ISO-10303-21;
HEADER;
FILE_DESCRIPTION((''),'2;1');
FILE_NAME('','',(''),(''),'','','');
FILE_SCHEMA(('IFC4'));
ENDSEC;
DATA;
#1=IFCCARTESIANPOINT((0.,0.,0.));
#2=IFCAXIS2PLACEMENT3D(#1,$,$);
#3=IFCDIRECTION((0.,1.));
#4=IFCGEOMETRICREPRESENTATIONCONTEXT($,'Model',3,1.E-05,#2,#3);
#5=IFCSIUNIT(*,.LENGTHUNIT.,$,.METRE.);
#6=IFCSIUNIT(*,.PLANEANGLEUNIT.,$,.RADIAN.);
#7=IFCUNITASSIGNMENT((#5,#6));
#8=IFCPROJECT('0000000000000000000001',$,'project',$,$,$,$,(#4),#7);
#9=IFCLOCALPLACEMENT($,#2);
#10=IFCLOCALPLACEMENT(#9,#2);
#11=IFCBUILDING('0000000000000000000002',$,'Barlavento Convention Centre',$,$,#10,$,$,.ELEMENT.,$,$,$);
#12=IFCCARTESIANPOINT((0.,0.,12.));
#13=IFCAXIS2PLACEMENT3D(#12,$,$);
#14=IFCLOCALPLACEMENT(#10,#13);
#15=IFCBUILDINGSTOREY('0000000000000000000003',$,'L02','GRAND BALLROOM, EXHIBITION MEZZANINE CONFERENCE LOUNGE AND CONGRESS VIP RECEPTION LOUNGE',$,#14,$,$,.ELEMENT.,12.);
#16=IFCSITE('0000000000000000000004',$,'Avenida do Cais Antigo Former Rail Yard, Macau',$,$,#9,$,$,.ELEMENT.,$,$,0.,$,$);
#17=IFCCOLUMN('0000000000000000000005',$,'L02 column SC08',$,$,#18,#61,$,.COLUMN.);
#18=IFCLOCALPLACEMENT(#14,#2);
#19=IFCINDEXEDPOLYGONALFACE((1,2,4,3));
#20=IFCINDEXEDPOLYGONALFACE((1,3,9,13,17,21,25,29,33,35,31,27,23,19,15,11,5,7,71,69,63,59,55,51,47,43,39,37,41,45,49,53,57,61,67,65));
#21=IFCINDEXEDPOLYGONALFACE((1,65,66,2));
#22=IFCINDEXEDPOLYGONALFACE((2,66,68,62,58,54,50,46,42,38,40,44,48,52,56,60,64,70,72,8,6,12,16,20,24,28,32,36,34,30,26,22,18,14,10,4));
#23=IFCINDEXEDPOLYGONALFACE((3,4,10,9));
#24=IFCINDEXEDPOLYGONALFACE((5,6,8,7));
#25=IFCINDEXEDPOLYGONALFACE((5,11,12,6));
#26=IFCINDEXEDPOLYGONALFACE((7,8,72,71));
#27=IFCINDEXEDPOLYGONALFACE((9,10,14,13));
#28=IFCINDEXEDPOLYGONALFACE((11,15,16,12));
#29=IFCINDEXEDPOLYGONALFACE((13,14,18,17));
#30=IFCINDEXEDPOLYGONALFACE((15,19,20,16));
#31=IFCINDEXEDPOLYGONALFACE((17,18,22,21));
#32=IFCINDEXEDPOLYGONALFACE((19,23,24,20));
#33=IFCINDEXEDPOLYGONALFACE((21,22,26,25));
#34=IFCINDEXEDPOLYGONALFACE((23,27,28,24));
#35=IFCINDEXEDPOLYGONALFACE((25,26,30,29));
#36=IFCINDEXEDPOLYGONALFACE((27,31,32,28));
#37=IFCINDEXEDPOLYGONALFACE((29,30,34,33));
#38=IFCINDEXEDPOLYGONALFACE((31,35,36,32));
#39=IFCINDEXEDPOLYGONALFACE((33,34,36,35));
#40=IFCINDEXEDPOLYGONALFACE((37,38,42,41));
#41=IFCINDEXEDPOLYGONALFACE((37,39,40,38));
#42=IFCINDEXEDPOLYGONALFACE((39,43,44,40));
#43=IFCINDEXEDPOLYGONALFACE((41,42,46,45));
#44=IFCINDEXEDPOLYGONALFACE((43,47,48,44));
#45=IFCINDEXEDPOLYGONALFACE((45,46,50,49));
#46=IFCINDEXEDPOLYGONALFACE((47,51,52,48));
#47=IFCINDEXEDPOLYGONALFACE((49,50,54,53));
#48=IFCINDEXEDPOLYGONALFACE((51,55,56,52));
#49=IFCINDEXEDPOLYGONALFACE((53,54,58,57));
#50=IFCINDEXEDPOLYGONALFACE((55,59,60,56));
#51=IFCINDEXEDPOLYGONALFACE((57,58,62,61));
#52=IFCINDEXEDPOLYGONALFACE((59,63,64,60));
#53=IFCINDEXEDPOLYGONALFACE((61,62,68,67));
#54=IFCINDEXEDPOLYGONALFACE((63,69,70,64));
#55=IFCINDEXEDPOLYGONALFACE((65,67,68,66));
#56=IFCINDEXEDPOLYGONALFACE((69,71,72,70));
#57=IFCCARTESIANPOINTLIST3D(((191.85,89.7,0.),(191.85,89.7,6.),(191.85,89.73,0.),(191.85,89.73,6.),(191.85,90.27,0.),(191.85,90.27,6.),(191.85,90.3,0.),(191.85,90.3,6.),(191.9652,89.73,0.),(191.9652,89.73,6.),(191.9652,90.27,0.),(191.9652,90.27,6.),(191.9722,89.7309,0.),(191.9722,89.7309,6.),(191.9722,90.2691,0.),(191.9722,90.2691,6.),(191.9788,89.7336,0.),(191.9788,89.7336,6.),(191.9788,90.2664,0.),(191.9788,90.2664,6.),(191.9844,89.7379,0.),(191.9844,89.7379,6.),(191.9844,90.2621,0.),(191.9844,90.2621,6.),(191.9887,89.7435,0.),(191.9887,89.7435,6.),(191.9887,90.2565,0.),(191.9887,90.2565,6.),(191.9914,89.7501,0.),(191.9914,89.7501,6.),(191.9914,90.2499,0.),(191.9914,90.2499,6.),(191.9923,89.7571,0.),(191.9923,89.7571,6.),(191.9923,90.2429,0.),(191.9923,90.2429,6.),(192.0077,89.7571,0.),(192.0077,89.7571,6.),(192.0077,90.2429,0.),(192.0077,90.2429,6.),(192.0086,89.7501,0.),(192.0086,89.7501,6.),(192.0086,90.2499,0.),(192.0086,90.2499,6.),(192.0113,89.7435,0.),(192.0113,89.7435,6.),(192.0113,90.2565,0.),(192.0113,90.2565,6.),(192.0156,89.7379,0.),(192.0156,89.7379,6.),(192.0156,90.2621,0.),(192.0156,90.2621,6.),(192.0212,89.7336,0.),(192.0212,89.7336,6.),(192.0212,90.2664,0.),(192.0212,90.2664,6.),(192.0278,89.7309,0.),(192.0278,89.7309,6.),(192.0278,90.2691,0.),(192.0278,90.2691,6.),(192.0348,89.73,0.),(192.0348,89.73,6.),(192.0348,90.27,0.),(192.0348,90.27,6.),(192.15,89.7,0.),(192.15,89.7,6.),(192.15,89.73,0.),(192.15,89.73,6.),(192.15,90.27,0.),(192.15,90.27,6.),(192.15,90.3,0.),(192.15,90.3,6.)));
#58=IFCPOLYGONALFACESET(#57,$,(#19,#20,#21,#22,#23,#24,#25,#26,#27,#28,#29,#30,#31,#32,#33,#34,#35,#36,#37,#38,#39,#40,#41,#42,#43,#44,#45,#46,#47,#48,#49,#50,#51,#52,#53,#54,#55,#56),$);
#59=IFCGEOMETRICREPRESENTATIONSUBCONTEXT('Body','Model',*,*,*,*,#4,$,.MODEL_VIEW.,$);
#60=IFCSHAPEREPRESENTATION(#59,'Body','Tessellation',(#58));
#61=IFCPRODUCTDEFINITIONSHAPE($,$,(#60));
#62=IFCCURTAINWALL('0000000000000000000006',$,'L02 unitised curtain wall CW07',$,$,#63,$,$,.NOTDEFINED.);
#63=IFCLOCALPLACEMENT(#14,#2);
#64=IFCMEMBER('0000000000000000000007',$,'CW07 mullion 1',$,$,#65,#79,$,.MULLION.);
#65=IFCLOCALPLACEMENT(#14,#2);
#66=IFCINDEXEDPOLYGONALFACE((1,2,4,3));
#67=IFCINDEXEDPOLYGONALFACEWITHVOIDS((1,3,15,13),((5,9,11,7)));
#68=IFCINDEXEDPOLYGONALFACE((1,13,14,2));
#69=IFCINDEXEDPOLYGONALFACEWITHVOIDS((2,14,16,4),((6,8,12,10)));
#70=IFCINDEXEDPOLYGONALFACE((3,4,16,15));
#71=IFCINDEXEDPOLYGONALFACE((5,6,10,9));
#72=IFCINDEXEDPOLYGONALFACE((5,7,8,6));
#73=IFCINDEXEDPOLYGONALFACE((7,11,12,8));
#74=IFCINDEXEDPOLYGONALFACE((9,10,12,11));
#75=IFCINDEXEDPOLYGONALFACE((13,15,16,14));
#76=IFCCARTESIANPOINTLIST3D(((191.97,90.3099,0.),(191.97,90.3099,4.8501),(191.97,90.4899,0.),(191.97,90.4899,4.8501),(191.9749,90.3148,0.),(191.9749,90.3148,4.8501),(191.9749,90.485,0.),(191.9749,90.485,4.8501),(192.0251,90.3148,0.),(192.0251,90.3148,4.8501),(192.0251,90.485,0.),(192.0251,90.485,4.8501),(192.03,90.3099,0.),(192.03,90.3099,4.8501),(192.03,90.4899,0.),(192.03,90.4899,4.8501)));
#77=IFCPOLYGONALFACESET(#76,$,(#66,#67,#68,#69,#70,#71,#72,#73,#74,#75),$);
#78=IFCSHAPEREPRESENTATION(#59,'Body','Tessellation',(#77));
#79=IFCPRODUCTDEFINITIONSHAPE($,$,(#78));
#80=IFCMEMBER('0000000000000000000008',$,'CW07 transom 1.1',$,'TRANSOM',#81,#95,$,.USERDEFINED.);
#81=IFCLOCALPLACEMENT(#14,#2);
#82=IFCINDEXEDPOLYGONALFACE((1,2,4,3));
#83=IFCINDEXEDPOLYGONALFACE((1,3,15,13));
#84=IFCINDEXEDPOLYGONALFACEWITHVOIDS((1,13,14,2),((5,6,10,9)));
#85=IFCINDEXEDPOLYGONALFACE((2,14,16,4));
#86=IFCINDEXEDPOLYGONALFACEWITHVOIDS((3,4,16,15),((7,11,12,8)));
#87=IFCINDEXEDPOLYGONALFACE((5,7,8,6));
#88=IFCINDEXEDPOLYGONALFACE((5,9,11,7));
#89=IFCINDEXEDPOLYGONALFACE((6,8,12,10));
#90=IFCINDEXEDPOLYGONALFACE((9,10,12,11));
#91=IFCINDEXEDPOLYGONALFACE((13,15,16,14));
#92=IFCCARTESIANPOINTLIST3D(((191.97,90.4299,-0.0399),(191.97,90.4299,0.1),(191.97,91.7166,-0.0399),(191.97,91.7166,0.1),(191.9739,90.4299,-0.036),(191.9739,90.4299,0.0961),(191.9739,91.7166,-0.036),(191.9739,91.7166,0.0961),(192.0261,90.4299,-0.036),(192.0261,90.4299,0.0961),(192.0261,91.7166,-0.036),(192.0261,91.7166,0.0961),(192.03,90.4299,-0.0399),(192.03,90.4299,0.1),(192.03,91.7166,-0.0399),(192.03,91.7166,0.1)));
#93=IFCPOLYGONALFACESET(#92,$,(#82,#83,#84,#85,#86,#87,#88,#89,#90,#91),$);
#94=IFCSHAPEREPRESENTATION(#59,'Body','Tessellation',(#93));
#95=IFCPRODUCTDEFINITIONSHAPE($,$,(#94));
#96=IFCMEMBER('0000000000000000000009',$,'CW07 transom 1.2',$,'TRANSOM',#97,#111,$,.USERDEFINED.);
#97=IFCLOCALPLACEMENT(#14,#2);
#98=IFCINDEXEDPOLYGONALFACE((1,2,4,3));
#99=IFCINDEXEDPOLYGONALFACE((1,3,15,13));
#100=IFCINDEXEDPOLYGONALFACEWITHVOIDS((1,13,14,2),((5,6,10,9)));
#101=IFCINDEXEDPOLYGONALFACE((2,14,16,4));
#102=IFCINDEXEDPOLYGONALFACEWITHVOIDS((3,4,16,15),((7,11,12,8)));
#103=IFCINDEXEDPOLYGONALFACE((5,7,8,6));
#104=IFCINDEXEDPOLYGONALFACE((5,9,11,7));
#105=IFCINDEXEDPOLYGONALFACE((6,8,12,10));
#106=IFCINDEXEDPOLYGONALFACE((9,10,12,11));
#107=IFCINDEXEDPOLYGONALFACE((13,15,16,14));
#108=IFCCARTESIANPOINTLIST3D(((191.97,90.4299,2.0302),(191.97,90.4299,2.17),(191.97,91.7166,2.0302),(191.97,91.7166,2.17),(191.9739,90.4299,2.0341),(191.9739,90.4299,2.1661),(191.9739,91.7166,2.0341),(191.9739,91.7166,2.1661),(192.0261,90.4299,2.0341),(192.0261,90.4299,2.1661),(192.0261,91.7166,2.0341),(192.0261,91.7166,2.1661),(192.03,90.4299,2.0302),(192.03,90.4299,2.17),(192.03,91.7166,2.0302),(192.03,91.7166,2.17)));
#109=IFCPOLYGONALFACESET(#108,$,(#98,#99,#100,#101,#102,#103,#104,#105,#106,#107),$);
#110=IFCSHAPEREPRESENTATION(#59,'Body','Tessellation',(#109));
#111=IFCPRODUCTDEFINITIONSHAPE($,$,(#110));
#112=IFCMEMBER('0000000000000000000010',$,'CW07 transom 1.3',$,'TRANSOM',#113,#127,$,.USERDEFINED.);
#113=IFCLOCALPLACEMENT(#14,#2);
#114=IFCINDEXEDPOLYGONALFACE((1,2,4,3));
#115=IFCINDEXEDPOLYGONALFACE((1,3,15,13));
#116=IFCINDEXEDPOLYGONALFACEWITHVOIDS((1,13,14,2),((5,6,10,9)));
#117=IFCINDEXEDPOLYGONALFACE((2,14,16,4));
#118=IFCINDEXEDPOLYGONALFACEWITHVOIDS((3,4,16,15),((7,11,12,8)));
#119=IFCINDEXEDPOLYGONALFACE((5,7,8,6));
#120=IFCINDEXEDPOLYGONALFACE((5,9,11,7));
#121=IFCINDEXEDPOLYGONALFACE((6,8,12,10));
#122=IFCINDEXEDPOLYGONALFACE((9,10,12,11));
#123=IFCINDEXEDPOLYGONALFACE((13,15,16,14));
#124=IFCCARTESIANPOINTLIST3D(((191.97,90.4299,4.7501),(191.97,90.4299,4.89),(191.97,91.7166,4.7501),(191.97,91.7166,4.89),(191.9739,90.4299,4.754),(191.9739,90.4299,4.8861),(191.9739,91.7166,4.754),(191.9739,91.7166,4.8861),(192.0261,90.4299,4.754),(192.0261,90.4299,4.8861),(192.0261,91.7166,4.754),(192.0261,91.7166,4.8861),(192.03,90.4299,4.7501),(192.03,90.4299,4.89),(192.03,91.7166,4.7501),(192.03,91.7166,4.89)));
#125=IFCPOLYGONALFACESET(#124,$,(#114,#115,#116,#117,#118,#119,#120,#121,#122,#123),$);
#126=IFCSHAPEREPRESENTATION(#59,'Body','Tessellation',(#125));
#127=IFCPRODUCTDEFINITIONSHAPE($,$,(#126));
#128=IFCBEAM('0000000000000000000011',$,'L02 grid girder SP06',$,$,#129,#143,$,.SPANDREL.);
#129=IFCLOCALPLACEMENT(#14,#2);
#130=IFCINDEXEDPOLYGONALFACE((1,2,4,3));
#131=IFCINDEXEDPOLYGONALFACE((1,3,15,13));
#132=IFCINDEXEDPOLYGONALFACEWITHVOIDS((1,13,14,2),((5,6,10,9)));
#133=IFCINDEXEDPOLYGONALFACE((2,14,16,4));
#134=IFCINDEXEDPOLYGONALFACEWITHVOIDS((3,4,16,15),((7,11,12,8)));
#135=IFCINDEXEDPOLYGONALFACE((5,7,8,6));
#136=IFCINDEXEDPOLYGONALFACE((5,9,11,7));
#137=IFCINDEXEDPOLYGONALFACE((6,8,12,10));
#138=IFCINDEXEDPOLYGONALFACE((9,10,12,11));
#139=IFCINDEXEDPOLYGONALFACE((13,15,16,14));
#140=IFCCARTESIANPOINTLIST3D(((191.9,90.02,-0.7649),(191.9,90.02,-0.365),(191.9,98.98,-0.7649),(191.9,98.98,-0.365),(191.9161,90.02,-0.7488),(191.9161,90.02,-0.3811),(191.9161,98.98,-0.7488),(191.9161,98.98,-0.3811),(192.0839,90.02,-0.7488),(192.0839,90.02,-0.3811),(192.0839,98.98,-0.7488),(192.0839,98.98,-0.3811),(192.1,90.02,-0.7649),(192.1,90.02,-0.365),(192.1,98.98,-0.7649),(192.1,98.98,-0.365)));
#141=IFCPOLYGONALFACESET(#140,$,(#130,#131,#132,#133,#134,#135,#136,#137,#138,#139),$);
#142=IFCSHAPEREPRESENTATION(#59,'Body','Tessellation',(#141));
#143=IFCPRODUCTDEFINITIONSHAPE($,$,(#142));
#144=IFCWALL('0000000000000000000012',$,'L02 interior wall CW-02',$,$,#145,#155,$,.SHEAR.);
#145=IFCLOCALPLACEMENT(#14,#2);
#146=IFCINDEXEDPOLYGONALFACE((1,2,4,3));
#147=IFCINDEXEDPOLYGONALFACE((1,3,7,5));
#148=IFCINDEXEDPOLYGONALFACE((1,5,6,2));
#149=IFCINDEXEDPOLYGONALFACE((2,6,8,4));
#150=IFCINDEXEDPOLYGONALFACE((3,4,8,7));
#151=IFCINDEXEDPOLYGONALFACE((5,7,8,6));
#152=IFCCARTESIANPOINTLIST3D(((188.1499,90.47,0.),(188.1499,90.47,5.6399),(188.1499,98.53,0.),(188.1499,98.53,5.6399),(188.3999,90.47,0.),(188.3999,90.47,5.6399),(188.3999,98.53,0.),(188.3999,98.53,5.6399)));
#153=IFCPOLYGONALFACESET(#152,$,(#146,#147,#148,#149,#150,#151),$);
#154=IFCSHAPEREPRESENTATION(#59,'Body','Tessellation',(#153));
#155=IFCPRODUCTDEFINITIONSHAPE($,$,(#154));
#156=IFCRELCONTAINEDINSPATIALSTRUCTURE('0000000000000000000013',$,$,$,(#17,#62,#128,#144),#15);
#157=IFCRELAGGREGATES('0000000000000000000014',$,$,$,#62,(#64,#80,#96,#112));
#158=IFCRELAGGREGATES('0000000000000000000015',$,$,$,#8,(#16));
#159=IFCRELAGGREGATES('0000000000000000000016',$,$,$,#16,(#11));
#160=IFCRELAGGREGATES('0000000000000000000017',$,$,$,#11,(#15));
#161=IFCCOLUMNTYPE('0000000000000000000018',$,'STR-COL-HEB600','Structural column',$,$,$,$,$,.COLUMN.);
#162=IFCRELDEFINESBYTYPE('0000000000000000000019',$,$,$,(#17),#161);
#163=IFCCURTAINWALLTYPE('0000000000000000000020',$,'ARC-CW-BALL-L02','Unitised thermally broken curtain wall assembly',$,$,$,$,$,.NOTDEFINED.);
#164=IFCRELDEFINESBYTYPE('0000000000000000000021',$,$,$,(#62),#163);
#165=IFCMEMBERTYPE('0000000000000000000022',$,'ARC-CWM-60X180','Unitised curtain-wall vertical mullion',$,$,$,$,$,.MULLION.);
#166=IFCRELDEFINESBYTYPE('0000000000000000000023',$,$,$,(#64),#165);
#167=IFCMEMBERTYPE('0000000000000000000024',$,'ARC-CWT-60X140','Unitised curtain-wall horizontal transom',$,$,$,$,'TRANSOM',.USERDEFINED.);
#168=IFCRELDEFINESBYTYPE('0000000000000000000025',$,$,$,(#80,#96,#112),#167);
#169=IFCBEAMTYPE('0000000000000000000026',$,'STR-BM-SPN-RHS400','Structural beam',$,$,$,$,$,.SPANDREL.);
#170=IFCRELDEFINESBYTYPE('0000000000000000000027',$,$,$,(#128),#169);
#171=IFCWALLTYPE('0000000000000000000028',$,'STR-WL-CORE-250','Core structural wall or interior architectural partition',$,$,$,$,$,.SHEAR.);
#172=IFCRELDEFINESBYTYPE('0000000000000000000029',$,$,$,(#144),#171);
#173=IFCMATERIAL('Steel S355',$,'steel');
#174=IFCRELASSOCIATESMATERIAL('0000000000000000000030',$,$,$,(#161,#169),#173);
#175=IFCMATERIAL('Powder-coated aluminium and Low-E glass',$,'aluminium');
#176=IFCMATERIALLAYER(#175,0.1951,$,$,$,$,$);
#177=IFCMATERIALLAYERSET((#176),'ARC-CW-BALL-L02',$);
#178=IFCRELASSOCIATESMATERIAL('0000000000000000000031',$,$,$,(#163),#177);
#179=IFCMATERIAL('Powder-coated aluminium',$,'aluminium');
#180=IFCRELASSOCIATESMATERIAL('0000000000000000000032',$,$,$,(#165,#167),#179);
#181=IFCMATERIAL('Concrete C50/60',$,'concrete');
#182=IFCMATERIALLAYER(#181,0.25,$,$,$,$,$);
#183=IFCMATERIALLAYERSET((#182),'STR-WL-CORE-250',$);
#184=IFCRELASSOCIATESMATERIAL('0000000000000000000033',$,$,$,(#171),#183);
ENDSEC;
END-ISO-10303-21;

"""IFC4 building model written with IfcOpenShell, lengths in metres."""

from ifc_helpers import new_model, si_unit, direction, frame, frame_2d, origin, origin_2d, place, context, subcontext, project, spatial, rectangle, hollow_rectangle, i_section, extrude, material, layer, layer_set, material_profile, profile_set, type_object, element, aggregate, save


model = new_model("IFC4")

# Units and contexts
model_context = context("Model", 3, precision=1e-05, world=origin(), true_north=direction((0.0, 1.0)))
body_context = subcontext(model_context, "Body", "Model", "MODEL_VIEW")
ifc_project = project(units=[si_unit("LENGTHUNIT", "METRE"), si_unit("PLANEANGLEUNIT", "RADIAN")], contexts=[model_context])

# Site, building, storey
site_placement = place(None, origin())
site = spatial("IfcSite", under=ifc_project, at=site_placement, Name="Avenida do Cais Antigo Former Rail Yard, Macau", CompositionType="ELEMENT", RefElevation=0.0)
building_placement = place(site_placement, origin())
building = spatial("IfcBuilding", under=site, at=building_placement, Name="Barlavento Convention Centre", CompositionType="ELEMENT")
storey_placement = place(building_placement, frame((0.0, 0.0, 12.0)))
storey = spatial("IfcBuildingStorey", under=building, at=storey_placement, Name="L02", Description="GRAND BALLROOM, EXHIBITION MEZZANINE CONFERENCE LOUNGE AND CONGRESS VIP RECEPTION LOUNGE", CompositionType="ELEMENT", Elevation=12.0)

# Column
ifc_material_1 = material(Name="Steel S355", Category="steel")
ifc_material_profile_1 = material_profile(ifc_material_1, i_section(OverallWidth=0.3, OverallDepth=0.6001, WebThickness=0.0154, FlangeThickness=0.03, FilletRadius=0.0271, at=origin_2d()), Name="HEB 600")
ifc_profile_set_1 = profile_set([ifc_material_profile_1], Name="Steel S355")
column_type = type_object("IfcColumnType", Name="STR-COL-HEB600", Description="Structural column", PredefinedType="COLUMN", material=ifc_profile_set_1)
column_placement = place(storey_placement, frame((192.0, 90.0, 0.0), z_axis=(0.0, 0.0, 1.0), x_axis=(1.0, 0.0, 0.0)))
element("IfcColumn", 1, at=column_placement, inside=storey, type_object=column_type, Name="L02 column SC08", PredefinedType="COLUMN", context=body_context, shape_type="SweptSolid", body=[
    extrude(i_section(OverallWidth=0.3, OverallDepth=0.6001, WebThickness=0.0154, FlangeThickness=0.03, FilletRadius=0.0271, at=origin_2d()), origin(), (0.0, 0.0, 1.0), 6.0),
])

# Curtain wall, members
ifc_material_2 = material(Name="Powder-coated aluminium and Low-E glass", Category="aluminium")
ifc_layer_1 = layer(ifc_material_2, 0.1951)
ifc_layer_set_1 = layer_set([ifc_layer_1], Name="ARC-CW-BALL-L02")
curtain_wall_type = type_object("IfcCurtainWallType", Name="ARC-CW-BALL-L02", Description="Unitised thermally broken curtain wall assembly", PredefinedType="NOTDEFINED", material=ifc_layer_set_1)
curtain_wall_placement = place(storey_placement, origin())
curtain_wall = element("IfcCurtainWall", 2, at=curtain_wall_placement, inside=storey, type_object=curtain_wall_type, Name="L02 unitised curtain wall CW07", PredefinedType="NOTDEFINED")
ifc_material_3 = material(Name="Powder-coated aluminium", Category="aluminium")
ifc_material_profile_2 = material_profile(ifc_material_3, hollow_rectangle(XDim=0.0601, YDim=0.1799, WallThickness=0.0049, at=origin_2d()), Name="AL-MULL 60x180x5")
ifc_profile_set_2 = profile_set([ifc_material_profile_2], Name="Powder-coated aluminium")
member_type_1 = type_object("IfcMemberType", Name="ARC-CWM-60X180", Description="Unitised curtain-wall vertical mullion", PredefinedType="MULLION", material=ifc_profile_set_2)
member_1_placement = place(storey_placement, frame((192.0, 90.3999, 0.0), z_axis=(0.0, 0.0, 1.0), x_axis=(-1.0, 0.0, 0.0)))
member_1 = element("IfcMember", 3, at=member_1_placement, type_object=member_type_1, Name="CW07 mullion 1", PredefinedType="MULLION", context=body_context, shape_type="SweptSolid", body=[
    extrude(hollow_rectangle(XDim=0.0601, YDim=0.1799, WallThickness=0.0049, at=origin_2d()), origin(), (0.0, 0.0, 1.0), 4.8501),
])
ifc_material_profile_3 = material_profile(ifc_material_3, hollow_rectangle(XDim=0.0601, YDim=0.1399, WallThickness=0.0039, at=origin_2d()), Name="AL-TRAN 60x140x4")
ifc_profile_set_3 = profile_set([ifc_material_profile_3], Name="Powder-coated aluminium")
member_type_2 = type_object("IfcMemberType", Name="ARC-CWT-60X140", Description="Unitised curtain-wall horizontal transom", ElementType="TRANSOM", PredefinedType="USERDEFINED", material=ifc_profile_set_3)
member_2_placement = place(storey_placement, frame((192.0, 90.4299, 0.03), z_axis=(0.0, 1.0, 0.0), x_axis=(-1.0, 0.0, 0.0)))
member_2 = element("IfcMember", 4, at=member_2_placement, type_object=member_type_2, Name="CW07 transom 1.1", ObjectType="TRANSOM", PredefinedType="USERDEFINED", context=body_context, shape_type="SweptSolid", body=[
    extrude(hollow_rectangle(XDim=0.0601, YDim=0.1399, WallThickness=0.0039, at=origin_2d()), origin(), (0.0, 0.0, 1.0), 1.2866),
])
member_3_placement = place(storey_placement, frame((192.0, 90.4299, 2.1001), z_axis=(0.0, 1.0, 0.0), x_axis=(-1.0, 0.0, 0.0)))
member_3 = element("IfcMember", 5, at=member_3_placement, type_object=member_type_2, Name="CW07 transom 1.2", ObjectType="TRANSOM", PredefinedType="USERDEFINED", context=body_context, shape_type="SweptSolid", body=[
    extrude(hollow_rectangle(XDim=0.0601, YDim=0.1399, WallThickness=0.0039, at=origin_2d()), origin(), (0.0, 0.0, 1.0), 1.2866),
])
member_4_placement = place(storey_placement, frame((192.0, 90.4299, 4.8201), z_axis=(0.0, 1.0, 0.0), x_axis=(-1.0, 0.0, 0.0)))
member_4 = element("IfcMember", 6, at=member_4_placement, type_object=member_type_2, Name="CW07 transom 1.3", ObjectType="TRANSOM", PredefinedType="USERDEFINED", context=body_context, shape_type="SweptSolid", body=[
    extrude(hollow_rectangle(XDim=0.0601, YDim=0.1399, WallThickness=0.0039, at=origin_2d()), origin(), (0.0, 0.0, 1.0), 1.2866),
])
aggregate(curtain_wall, [member_1, member_2, member_3, member_4])

# Beam
ifc_material_profile_4 = material_profile(ifc_material_1, hollow_rectangle(XDim=0.2, YDim=0.3999, WallThickness=0.0161, at=origin_2d()), Name="RHS 400x200x16.0")
ifc_profile_set_4 = profile_set([ifc_material_profile_4], Name="Steel S355")
beam_type = type_object("IfcBeamType", Name="STR-BM-SPN-RHS400", Description="Structural beam", PredefinedType="SPANDREL", material=ifc_profile_set_4)
beam_placement = place(storey_placement, frame((192.0, 90.02, -0.5649), z_axis=(0.0, 1.0, 0.0), x_axis=(-1.0, 0.0, 0.0)))
element("IfcBeam", 7, at=beam_placement, inside=storey, type_object=beam_type, Name="L02 grid girder SP06", PredefinedType="SPANDREL", context=body_context, shape_type="SweptSolid", body=[
    extrude(hollow_rectangle(XDim=0.2, YDim=0.3999, WallThickness=0.0161, at=origin_2d()), origin(), (0.0, 0.0, 1.0), 8.96),
])

# Wall
ifc_material_4 = material(Name="Concrete C50/60", Category="concrete")
ifc_layer_2 = layer(ifc_material_4, 0.25)
ifc_layer_set_2 = layer_set([ifc_layer_2], Name="STR-WL-CORE-250")
wall_type = type_object("IfcWallType", Name="STR-WL-CORE-250", Description="Core structural wall or interior architectural partition", PredefinedType="SHEAR", material=ifc_layer_set_2)
wall_placement = place(storey_placement, frame((188.2749, 90.47, 0.0), z_axis=(0.0, 0.0, 1.0), x_axis=(0.0, 1.0, 0.0)))
element("IfcWall", 8, at=wall_placement, inside=storey, type_object=wall_type, Name="L02 interior wall CW-02", PredefinedType="SHEAR", context=body_context, shape_type="SweptSolid", body=[
    extrude(rectangle(XDim=8.0601, YDim=0.25, at=frame_2d((4.03, 0.0))), origin(), (0.0, 0.0, 1.0), 5.6399),
])

save(model, "model.ifc")
